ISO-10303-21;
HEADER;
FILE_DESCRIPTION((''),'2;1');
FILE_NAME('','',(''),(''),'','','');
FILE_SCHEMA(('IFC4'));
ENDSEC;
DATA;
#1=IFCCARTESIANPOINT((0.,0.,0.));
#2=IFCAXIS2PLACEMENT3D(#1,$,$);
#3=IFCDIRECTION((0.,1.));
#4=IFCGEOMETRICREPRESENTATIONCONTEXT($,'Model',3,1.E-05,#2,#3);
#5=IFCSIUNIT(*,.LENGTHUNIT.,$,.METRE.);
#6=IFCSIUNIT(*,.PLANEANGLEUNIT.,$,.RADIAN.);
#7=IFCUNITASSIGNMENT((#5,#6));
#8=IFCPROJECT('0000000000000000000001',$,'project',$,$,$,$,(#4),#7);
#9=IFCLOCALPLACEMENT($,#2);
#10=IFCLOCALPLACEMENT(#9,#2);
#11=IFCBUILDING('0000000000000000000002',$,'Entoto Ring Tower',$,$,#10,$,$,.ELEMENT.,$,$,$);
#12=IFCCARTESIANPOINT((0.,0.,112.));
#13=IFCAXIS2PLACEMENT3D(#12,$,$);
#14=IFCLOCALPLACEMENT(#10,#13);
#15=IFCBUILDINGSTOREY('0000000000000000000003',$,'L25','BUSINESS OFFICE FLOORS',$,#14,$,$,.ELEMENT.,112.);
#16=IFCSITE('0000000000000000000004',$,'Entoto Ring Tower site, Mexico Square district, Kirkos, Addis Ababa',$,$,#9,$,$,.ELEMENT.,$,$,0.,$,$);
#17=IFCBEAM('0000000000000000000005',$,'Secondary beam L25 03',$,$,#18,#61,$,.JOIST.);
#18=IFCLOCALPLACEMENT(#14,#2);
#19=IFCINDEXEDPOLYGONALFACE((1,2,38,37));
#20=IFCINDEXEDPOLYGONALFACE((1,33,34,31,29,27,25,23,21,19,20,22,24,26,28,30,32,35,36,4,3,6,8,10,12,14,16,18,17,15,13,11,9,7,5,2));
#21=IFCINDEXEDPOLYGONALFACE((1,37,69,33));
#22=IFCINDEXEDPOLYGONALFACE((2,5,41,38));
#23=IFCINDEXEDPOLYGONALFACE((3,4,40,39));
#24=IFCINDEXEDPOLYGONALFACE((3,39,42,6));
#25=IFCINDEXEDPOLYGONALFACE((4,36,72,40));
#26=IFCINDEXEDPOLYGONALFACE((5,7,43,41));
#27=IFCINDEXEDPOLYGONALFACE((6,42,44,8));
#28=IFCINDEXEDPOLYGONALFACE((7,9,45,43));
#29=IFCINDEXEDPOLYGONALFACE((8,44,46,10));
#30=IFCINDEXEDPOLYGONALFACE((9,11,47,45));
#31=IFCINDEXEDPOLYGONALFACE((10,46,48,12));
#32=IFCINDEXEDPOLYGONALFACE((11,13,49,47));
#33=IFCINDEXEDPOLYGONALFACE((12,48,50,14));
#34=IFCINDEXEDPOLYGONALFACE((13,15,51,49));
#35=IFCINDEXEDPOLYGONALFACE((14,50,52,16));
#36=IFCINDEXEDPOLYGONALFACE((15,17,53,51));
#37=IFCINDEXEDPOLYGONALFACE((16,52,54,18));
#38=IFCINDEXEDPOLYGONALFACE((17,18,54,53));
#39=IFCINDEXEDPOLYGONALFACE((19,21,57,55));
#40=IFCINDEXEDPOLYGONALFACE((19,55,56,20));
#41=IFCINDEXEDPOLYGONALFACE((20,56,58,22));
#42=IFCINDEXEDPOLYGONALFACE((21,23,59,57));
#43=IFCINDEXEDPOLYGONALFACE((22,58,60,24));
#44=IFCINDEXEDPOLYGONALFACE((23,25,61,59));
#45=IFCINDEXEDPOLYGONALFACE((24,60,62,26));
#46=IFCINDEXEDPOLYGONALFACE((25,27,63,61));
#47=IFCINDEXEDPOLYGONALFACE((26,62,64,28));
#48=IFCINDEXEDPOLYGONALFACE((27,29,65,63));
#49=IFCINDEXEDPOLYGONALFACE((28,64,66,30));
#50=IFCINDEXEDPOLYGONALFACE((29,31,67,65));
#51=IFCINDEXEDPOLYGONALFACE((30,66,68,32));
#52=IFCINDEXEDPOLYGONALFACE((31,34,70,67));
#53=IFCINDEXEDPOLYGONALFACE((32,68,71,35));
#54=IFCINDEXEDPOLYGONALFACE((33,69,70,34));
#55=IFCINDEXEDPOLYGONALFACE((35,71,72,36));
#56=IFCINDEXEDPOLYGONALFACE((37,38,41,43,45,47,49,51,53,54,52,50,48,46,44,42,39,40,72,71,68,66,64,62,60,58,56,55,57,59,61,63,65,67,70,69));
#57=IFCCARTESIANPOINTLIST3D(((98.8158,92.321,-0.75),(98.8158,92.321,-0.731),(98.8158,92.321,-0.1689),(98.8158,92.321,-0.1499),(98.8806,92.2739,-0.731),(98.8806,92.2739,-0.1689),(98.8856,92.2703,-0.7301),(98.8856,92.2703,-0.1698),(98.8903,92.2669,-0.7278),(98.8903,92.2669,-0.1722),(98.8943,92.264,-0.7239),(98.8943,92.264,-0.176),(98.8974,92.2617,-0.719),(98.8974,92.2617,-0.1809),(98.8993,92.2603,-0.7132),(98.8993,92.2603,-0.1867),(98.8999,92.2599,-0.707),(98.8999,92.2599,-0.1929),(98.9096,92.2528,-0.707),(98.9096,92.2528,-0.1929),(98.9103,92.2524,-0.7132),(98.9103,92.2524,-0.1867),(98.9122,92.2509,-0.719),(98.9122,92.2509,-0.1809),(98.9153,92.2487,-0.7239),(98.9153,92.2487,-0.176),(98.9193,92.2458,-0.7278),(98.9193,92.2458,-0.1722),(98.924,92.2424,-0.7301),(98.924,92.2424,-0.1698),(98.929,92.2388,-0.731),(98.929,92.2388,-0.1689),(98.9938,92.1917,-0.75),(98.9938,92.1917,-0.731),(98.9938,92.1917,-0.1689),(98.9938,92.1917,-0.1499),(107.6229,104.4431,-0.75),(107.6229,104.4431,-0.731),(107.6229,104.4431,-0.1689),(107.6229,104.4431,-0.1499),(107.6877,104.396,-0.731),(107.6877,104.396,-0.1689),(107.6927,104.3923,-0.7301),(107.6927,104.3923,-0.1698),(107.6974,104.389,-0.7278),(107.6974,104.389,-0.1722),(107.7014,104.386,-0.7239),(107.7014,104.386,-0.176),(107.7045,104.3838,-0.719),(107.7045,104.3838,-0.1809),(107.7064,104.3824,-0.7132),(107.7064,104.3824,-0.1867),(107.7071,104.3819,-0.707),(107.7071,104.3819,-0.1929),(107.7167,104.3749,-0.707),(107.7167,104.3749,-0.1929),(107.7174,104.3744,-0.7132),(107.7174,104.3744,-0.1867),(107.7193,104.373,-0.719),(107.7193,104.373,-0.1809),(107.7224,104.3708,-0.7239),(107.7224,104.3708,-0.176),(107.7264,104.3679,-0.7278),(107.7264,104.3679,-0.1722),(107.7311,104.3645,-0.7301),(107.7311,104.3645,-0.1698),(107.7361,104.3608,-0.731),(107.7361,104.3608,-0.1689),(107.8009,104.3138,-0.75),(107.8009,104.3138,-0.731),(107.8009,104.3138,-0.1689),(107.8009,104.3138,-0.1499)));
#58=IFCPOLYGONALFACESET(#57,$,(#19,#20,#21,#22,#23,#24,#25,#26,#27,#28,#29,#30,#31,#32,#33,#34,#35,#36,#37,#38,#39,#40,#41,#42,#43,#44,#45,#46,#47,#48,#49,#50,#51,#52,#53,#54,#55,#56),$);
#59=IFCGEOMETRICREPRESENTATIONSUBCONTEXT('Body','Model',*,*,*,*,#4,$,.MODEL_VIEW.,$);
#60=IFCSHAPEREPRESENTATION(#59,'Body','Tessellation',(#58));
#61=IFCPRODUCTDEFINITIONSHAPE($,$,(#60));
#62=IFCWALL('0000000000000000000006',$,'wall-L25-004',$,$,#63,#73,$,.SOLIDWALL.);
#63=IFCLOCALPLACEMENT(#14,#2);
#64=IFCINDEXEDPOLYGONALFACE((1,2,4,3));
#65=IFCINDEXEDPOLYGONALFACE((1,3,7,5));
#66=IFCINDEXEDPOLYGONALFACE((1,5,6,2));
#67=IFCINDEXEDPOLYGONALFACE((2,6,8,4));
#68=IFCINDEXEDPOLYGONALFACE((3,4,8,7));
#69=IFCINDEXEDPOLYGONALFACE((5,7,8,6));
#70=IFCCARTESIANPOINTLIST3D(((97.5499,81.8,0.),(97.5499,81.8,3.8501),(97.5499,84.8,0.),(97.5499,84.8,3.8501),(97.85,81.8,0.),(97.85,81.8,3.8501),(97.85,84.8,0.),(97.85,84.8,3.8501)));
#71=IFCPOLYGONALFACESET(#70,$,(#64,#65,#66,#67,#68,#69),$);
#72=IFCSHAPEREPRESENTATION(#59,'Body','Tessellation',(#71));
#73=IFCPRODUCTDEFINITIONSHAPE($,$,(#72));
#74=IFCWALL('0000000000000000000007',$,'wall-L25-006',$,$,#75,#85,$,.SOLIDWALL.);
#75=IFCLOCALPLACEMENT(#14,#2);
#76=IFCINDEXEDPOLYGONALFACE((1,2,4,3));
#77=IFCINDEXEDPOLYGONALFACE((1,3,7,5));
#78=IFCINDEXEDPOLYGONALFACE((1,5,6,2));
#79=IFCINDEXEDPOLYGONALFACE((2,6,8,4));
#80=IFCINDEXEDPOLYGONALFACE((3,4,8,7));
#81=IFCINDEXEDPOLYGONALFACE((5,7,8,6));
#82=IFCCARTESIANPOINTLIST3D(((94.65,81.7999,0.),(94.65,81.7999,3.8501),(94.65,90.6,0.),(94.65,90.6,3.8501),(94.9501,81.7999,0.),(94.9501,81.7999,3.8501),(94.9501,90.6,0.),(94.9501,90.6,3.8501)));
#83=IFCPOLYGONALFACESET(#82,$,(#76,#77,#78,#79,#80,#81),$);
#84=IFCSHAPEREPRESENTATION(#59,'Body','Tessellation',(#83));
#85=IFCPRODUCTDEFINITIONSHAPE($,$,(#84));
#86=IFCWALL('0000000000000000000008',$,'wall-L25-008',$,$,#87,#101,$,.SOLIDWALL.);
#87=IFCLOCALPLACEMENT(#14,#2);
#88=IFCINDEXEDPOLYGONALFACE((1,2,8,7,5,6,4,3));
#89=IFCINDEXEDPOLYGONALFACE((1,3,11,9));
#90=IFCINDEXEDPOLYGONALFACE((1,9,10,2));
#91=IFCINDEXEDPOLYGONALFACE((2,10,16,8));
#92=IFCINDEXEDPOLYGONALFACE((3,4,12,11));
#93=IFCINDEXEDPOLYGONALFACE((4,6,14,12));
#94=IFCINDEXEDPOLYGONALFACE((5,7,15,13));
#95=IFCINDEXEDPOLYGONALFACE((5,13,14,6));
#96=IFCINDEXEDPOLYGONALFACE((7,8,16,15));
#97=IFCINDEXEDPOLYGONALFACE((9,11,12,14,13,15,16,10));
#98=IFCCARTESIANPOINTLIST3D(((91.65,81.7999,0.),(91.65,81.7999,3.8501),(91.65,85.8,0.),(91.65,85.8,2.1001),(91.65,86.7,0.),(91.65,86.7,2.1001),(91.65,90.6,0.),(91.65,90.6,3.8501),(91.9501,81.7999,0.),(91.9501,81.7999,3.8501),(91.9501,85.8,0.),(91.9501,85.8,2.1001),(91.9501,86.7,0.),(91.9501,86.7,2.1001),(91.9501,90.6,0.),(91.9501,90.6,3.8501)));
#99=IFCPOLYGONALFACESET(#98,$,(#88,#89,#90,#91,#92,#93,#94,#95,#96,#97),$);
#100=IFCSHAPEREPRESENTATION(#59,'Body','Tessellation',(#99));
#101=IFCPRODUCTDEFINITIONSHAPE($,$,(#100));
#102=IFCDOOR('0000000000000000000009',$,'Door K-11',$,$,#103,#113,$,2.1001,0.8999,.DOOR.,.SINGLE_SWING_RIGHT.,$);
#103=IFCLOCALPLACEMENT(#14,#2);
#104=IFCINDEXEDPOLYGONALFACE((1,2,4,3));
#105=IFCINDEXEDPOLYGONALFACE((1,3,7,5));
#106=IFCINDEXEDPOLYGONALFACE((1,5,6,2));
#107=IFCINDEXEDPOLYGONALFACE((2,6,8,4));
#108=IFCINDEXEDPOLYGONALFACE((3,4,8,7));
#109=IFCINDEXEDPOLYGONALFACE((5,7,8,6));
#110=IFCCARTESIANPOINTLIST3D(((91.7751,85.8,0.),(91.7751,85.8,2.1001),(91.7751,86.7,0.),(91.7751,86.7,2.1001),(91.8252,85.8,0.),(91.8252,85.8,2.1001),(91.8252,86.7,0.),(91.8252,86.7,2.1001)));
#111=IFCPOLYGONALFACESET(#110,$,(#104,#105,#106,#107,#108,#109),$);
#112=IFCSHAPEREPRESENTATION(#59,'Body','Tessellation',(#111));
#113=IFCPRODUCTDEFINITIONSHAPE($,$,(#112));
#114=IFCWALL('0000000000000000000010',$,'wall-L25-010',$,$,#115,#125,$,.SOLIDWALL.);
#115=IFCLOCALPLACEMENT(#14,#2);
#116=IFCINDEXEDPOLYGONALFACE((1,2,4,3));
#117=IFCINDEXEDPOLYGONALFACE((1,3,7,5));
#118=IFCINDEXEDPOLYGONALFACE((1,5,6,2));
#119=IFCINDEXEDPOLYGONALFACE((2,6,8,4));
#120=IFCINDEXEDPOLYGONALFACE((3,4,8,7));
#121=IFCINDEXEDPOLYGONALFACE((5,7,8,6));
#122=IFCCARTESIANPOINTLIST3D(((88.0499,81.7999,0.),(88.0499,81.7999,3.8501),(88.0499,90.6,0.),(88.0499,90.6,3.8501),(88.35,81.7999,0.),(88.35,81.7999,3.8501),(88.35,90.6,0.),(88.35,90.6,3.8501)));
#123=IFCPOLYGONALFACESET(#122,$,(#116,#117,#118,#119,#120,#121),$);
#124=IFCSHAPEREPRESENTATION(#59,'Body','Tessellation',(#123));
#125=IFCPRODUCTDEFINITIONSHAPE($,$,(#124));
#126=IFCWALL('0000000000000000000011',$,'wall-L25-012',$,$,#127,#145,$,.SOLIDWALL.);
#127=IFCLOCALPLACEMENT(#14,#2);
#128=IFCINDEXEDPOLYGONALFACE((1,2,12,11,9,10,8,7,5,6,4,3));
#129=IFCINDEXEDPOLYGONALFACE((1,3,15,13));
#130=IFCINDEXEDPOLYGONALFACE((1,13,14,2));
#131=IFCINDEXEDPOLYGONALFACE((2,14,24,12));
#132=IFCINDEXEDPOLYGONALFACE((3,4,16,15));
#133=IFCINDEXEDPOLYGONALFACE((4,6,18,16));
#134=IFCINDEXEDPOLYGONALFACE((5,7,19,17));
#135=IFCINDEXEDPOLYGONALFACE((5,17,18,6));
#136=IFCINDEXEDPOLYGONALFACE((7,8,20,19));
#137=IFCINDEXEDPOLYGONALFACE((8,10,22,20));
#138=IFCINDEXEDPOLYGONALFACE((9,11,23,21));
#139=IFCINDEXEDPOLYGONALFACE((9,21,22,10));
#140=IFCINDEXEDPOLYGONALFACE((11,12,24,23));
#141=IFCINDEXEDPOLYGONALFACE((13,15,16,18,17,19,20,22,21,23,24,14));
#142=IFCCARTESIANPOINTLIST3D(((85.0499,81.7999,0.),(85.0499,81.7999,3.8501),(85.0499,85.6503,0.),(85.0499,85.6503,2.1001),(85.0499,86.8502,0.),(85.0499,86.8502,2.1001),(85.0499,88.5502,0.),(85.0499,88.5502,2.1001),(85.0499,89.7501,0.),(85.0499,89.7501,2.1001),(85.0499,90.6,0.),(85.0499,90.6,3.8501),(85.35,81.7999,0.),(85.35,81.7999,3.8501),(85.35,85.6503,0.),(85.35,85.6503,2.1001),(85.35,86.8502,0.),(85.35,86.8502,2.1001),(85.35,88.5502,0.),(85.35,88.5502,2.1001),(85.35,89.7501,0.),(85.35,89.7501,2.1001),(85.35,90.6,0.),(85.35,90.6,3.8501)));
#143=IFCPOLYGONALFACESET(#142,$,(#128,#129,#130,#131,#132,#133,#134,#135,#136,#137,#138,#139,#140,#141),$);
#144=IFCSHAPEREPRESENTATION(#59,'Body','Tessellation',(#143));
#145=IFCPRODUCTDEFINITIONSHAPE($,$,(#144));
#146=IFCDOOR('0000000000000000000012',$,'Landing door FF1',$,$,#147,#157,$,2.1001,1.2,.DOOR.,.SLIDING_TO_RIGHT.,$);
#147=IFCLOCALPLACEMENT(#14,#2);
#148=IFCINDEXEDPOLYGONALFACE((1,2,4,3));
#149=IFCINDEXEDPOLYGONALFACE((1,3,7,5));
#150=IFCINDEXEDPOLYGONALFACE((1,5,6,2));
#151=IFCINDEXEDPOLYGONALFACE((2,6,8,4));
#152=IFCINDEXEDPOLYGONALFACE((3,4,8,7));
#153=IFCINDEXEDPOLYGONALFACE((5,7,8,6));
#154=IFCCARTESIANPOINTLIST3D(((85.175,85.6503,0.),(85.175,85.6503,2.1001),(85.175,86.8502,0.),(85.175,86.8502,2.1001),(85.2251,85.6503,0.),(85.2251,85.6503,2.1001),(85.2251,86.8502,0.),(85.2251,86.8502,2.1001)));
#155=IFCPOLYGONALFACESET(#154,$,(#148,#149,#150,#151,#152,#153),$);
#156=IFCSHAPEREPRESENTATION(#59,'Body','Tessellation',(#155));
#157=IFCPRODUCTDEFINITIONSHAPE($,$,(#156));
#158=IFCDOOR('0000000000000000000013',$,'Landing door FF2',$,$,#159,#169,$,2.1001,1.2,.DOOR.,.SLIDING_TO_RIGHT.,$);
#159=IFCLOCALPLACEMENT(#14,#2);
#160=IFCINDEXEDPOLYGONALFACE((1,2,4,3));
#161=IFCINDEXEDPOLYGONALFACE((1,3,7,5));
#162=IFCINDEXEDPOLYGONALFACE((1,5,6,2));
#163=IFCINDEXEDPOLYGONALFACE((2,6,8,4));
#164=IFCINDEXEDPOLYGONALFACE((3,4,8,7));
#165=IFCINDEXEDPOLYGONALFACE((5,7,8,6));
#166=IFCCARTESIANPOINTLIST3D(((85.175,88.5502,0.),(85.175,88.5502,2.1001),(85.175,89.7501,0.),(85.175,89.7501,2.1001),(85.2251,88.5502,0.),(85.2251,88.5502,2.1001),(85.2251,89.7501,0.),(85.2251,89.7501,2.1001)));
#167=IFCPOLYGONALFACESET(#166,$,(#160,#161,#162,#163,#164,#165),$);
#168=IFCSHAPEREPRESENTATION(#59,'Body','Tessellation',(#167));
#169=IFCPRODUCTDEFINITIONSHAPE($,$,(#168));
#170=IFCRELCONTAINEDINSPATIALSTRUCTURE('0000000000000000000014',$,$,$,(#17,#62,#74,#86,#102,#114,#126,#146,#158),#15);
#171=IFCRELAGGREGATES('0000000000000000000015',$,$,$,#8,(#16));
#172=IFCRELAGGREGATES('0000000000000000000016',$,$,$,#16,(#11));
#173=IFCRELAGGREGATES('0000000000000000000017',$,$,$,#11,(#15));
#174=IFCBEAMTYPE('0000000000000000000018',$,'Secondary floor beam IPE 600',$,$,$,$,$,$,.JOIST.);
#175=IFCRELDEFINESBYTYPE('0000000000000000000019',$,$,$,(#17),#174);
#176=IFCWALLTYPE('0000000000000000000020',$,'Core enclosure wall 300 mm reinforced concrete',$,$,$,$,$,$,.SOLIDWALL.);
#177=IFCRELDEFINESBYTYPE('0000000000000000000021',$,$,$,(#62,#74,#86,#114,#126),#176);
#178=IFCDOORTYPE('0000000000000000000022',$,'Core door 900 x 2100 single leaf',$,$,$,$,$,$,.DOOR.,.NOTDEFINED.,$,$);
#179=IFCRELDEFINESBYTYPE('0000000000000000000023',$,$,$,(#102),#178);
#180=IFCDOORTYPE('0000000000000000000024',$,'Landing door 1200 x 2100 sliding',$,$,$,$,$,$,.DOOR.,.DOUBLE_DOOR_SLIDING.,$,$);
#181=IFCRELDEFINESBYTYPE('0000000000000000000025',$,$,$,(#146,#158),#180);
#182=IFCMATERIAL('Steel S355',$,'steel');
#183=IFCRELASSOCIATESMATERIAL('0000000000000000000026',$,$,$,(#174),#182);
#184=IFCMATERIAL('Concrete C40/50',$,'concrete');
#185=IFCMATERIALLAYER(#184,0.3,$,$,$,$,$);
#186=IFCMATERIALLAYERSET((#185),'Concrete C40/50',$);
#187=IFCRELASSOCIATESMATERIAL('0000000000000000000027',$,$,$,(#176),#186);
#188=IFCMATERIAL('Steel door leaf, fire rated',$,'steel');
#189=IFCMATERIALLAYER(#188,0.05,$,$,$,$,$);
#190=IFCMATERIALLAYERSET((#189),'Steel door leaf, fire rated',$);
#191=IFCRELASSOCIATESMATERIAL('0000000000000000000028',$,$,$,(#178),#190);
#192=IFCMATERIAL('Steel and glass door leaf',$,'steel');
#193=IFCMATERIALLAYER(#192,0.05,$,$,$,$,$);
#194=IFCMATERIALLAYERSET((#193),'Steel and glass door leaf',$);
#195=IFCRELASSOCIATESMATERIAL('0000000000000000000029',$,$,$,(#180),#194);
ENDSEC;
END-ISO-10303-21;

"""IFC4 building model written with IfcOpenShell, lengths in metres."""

from ifc_helpers import new_model, si_unit, direction, frame, frame_2d, origin, origin_2d, place, context, subcontext, project, spatial, rectangle, i_section, extrude, material, layer, layer_set, material_profile, profile_set, type_object, element, fill, save


model = new_model("IFC4")

# Units and contexts
model_context = context("Model", 3, precision=1e-05, world=origin(), true_north=direction((0.0, 1.0)))
body_context = subcontext(model_context, "Body", "Model", "MODEL_VIEW")
ifc_project = project(units=[si_unit("LENGTHUNIT", "METRE"), si_unit("PLANEANGLEUNIT", "RADIAN")], contexts=[model_context])

# Site, building, storey
site_placement = place(None, origin())
site = spatial("IfcSite", under=ifc_project, at=site_placement, Name="Entoto Ring Tower site, Mexico Square district, Kirkos, Addis Ababa", CompositionType="ELEMENT", RefElevation=0.0)
building_placement = place(site_placement, origin())
building = spatial("IfcBuilding", under=site, at=building_placement, Name="Entoto Ring Tower", CompositionType="ELEMENT")
storey_placement = place(building_placement, frame((0.0, 0.0, 112.0)))
storey = spatial("IfcBuildingStorey", under=building, at=storey_placement, Name="L25", Description="BUSINESS OFFICE FLOORS", CompositionType="ELEMENT", Elevation=112.0)

# Beam
ifc_material_1 = material(Name="Steel S355", Category="steel")
ifc_material_profile = material_profile(ifc_material_1, i_section(OverallWidth=0.22, OverallDepth=0.6001, WebThickness=0.012, FlangeThickness=0.019, FilletRadius=0.0239, at=origin_2d()), Name="IPE 600")
ifc_profile_set = profile_set([ifc_material_profile], Name="Steel S355")
beam_type = type_object("IfcBeamType", Name="Secondary floor beam IPE 600", PredefinedType="JOIST", material=ifc_profile_set)
beam_placement = place(storey_placement, frame((98.9048, 92.2563, -0.45), z_axis=(0.587782, 0.809019, 0.0), x_axis=(-0.809019, 0.587782, 0.0)))
element("IfcBeam", 1, at=beam_placement, inside=storey, type_object=beam_type, Name="Secondary beam L25 03", PredefinedType="JOIST", context=body_context, shape_type="SweptSolid", body=[
    extrude(i_section(OverallWidth=0.22, OverallDepth=0.6001, WebThickness=0.012, FlangeThickness=0.019, FilletRadius=0.0239, at=origin_2d()), origin(), (0.0, 0.0, 1.0), 14.9836),
])

# Walls
ifc_material_2 = material(Name="Concrete C40/50", Category="concrete")
ifc_layer_1 = layer(ifc_material_2, 0.3)
ifc_layer_set_1 = layer_set([ifc_layer_1], Name="Concrete C40/50")
wall_type = type_object("IfcWallType", Name="Core enclosure wall 300 mm reinforced concrete", PredefinedType="SOLIDWALL", material=ifc_layer_set_1)
wall_1_placement = place(storey_placement, frame((97.7, 81.8, 0.0), z_axis=(0.0, 0.0, 1.0), x_axis=(0.0, 1.0, 0.0)))
element("IfcWall", 2, at=wall_1_placement, inside=storey, type_object=wall_type, Name="wall-L25-004", PredefinedType="SOLIDWALL", context=body_context, shape_type="SweptSolid", body=[
    extrude(rectangle(XDim=3.0, YDim=0.3, at=frame_2d((1.5, 0.0))), origin(), (0.0, 0.0, 1.0), 3.8501),
])
wall_2_placement = place(storey_placement, frame((94.8, 81.8, 0.0), z_axis=(0.0, 0.0, 1.0), x_axis=(0.0, 1.0, 0.0)))
element("IfcWall", 3, at=wall_2_placement, inside=storey, type_object=wall_type, Name="wall-L25-006", PredefinedType="SOLIDWALL", context=body_context, shape_type="SweptSolid", body=[
    extrude(rectangle(XDim=8.8, YDim=0.3, at=frame_2d((4.3999, 0.0))), origin(), (0.0, 0.0, 1.0), 3.8501),
])

# Wall, opening, door
wall_3_placement = place(storey_placement, frame((91.8, 81.8, 0.0), z_axis=(0.0, 0.0, 1.0), x_axis=(0.0, 1.0, 0.0)))
wall_3 = element("IfcWall", 4, at=wall_3_placement, inside=storey, type_object=wall_type, Name="wall-L25-008", PredefinedType="SOLIDWALL", context=body_context, shape_type="SweptSolid", body=[
    extrude(rectangle(XDim=8.8, YDim=0.3, at=frame_2d((4.3999, 0.0))), origin(), (0.0, 0.0, 1.0), 3.8501),
])
opening_1_placement = place(wall_3_placement, frame((4.0, 0.0, 0.0)))
opening_1 = element("IfcOpeningElement", 5, at=opening_1_placement, cuts=wall_3, PredefinedType="OPENING", context=body_context, shape_type="SweptSolid", body=[
    extrude(rectangle(XDim=0.8999, YDim=2.1001, at=frame_2d((0.45, 1.05))), frame((0.0, 0.1602, 0.0), z_axis=(0.0, -1.0, 0.0), x_axis=(1.0, 0.0, 0.0)), (0.0, 0.0, 1.0), 0.3201),
])
ifc_material_3 = material(Name="Steel door leaf, fire rated", Category="steel")
ifc_layer_2 = layer(ifc_material_3, 0.05)
ifc_layer_set_2 = layer_set([ifc_layer_2], Name="Steel door leaf, fire rated")
door_type_1 = type_object("IfcDoorType", Name="Core door 900 x 2100 single leaf", OperationType="NOTDEFINED", PredefinedType="DOOR", material=ifc_layer_set_2)
door_1_placement = place(opening_1_placement, origin())
door_1 = element("IfcDoor", 6, at=door_1_placement, inside=storey, type_object=door_type_1, Name="Door K-11", OperationType="SINGLE_SWING_RIGHT", OverallHeight=2.1001, OverallWidth=0.8999, PredefinedType="DOOR", context=body_context, shape_type="SweptSolid", body=[
    extrude(rectangle(XDim=0.8999, YDim=2.1001, at=frame_2d((0.45, 1.05))), frame((0.0, 0.0249, 0.0), z_axis=(0.0, -1.0, 0.0), x_axis=(1.0, 0.0, 0.0)), (0.0, 0.0, 1.0), 0.05),
])
fill(opening_1, door_1)

# Wall
wall_4_placement = place(storey_placement, frame((88.2, 81.8, 0.0), z_axis=(0.0, 0.0, 1.0), x_axis=(0.0, 1.0, 0.0)))
element("IfcWall", 7, at=wall_4_placement, inside=storey, type_object=wall_type, Name="wall-L25-010", PredefinedType="SOLIDWALL", context=body_context, shape_type="SweptSolid", body=[
    extrude(rectangle(XDim=8.8, YDim=0.3, at=frame_2d((4.3999, 0.0))), origin(), (0.0, 0.0, 1.0), 3.8501),
])

# Wall, openings, doors
wall_5_placement = place(storey_placement, frame((85.2, 81.8, 0.0), z_axis=(0.0, 0.0, 1.0), x_axis=(0.0, 1.0, 0.0)))
wall_5 = element("IfcWall", 8, at=wall_5_placement, inside=storey, type_object=wall_type, Name="wall-L25-012", PredefinedType="SOLIDWALL", context=body_context, shape_type="SweptSolid", body=[
    extrude(rectangle(XDim=8.8, YDim=0.3, at=frame_2d((4.3999, 0.0))), origin(), (0.0, 0.0, 1.0), 3.8501),
])
opening_2_placement = place(wall_5_placement, frame((3.8501, 0.0, 0.0)))
opening_2 = element("IfcOpeningElement", 9, at=opening_2_placement, cuts=wall_5, PredefinedType="OPENING", context=body_context, shape_type="SweptSolid", body=[
    extrude(rectangle(XDim=1.2, YDim=2.1001, at=frame_2d((0.6001, 1.05))), frame((0.0, 0.1602, 0.0), z_axis=(0.0, -1.0, 0.0), x_axis=(1.0, 0.0, 0.0)), (0.0, 0.0, 1.0), 0.3201),
])
opening_3_placement = place(wall_5_placement, frame((6.75, 0.0, 0.0)))
opening_3 = element("IfcOpeningElement", 10, at=opening_3_placement, cuts=wall_5, PredefinedType="OPENING", context=body_context, shape_type="SweptSolid", body=[
    extrude(rectangle(XDim=1.2, YDim=2.1001, at=frame_2d((0.6001, 1.05))), frame((0.0, 0.1602, 0.0), z_axis=(0.0, -1.0, 0.0), x_axis=(1.0, 0.0, 0.0)), (0.0, 0.0, 1.0), 0.3201),
])
ifc_material_4 = material(Name="Steel and glass door leaf", Category="steel")
ifc_layer_3 = layer(ifc_material_4, 0.05)
ifc_layer_set_3 = layer_set([ifc_layer_3], Name="Steel and glass door leaf")
door_type_2 = type_object("IfcDoorType", Name="Landing door 1200 x 2100 sliding", OperationType="DOUBLE_DOOR_SLIDING", PredefinedType="DOOR", material=ifc_layer_set_3)
door_2_placement = place(opening_2_placement, origin())
door_2 = element("IfcDoor", 11, at=door_2_placement, inside=storey, type_object=door_type_2, Name="Landing door FF1", OperationType="SLIDING_TO_RIGHT", OverallHeight=2.1001, OverallWidth=1.2, PredefinedType="DOOR", context=body_context, shape_type="SweptSolid", body=[
    extrude(rectangle(XDim=1.2, YDim=2.1001, at=frame_2d((0.6001, 1.05))), frame((0.0, 0.0249, 0.0), z_axis=(0.0, -1.0, 0.0), x_axis=(1.0, 0.0, 0.0)), (0.0, 0.0, 1.0), 0.05),
])
fill(opening_2, door_2)
door_3_placement = place(opening_3_placement, origin())
door_3 = element("IfcDoor", 12, at=door_3_placement, inside=storey, type_object=door_type_2, Name="Landing door FF2", OperationType="SLIDING_TO_RIGHT", OverallHeight=2.1001, OverallWidth=1.2, PredefinedType="DOOR", context=body_context, shape_type="SweptSolid", body=[
    extrude(rectangle(XDim=1.2, YDim=2.1001, at=frame_2d((0.6001, 1.05))), frame((0.0, 0.0249, 0.0), z_axis=(0.0, -1.0, 0.0), x_axis=(1.0, 0.0, 0.0)), (0.0, 0.0, 1.0), 0.05),
])
fill(opening_3, door_3)

save(model, "model.ifc")
